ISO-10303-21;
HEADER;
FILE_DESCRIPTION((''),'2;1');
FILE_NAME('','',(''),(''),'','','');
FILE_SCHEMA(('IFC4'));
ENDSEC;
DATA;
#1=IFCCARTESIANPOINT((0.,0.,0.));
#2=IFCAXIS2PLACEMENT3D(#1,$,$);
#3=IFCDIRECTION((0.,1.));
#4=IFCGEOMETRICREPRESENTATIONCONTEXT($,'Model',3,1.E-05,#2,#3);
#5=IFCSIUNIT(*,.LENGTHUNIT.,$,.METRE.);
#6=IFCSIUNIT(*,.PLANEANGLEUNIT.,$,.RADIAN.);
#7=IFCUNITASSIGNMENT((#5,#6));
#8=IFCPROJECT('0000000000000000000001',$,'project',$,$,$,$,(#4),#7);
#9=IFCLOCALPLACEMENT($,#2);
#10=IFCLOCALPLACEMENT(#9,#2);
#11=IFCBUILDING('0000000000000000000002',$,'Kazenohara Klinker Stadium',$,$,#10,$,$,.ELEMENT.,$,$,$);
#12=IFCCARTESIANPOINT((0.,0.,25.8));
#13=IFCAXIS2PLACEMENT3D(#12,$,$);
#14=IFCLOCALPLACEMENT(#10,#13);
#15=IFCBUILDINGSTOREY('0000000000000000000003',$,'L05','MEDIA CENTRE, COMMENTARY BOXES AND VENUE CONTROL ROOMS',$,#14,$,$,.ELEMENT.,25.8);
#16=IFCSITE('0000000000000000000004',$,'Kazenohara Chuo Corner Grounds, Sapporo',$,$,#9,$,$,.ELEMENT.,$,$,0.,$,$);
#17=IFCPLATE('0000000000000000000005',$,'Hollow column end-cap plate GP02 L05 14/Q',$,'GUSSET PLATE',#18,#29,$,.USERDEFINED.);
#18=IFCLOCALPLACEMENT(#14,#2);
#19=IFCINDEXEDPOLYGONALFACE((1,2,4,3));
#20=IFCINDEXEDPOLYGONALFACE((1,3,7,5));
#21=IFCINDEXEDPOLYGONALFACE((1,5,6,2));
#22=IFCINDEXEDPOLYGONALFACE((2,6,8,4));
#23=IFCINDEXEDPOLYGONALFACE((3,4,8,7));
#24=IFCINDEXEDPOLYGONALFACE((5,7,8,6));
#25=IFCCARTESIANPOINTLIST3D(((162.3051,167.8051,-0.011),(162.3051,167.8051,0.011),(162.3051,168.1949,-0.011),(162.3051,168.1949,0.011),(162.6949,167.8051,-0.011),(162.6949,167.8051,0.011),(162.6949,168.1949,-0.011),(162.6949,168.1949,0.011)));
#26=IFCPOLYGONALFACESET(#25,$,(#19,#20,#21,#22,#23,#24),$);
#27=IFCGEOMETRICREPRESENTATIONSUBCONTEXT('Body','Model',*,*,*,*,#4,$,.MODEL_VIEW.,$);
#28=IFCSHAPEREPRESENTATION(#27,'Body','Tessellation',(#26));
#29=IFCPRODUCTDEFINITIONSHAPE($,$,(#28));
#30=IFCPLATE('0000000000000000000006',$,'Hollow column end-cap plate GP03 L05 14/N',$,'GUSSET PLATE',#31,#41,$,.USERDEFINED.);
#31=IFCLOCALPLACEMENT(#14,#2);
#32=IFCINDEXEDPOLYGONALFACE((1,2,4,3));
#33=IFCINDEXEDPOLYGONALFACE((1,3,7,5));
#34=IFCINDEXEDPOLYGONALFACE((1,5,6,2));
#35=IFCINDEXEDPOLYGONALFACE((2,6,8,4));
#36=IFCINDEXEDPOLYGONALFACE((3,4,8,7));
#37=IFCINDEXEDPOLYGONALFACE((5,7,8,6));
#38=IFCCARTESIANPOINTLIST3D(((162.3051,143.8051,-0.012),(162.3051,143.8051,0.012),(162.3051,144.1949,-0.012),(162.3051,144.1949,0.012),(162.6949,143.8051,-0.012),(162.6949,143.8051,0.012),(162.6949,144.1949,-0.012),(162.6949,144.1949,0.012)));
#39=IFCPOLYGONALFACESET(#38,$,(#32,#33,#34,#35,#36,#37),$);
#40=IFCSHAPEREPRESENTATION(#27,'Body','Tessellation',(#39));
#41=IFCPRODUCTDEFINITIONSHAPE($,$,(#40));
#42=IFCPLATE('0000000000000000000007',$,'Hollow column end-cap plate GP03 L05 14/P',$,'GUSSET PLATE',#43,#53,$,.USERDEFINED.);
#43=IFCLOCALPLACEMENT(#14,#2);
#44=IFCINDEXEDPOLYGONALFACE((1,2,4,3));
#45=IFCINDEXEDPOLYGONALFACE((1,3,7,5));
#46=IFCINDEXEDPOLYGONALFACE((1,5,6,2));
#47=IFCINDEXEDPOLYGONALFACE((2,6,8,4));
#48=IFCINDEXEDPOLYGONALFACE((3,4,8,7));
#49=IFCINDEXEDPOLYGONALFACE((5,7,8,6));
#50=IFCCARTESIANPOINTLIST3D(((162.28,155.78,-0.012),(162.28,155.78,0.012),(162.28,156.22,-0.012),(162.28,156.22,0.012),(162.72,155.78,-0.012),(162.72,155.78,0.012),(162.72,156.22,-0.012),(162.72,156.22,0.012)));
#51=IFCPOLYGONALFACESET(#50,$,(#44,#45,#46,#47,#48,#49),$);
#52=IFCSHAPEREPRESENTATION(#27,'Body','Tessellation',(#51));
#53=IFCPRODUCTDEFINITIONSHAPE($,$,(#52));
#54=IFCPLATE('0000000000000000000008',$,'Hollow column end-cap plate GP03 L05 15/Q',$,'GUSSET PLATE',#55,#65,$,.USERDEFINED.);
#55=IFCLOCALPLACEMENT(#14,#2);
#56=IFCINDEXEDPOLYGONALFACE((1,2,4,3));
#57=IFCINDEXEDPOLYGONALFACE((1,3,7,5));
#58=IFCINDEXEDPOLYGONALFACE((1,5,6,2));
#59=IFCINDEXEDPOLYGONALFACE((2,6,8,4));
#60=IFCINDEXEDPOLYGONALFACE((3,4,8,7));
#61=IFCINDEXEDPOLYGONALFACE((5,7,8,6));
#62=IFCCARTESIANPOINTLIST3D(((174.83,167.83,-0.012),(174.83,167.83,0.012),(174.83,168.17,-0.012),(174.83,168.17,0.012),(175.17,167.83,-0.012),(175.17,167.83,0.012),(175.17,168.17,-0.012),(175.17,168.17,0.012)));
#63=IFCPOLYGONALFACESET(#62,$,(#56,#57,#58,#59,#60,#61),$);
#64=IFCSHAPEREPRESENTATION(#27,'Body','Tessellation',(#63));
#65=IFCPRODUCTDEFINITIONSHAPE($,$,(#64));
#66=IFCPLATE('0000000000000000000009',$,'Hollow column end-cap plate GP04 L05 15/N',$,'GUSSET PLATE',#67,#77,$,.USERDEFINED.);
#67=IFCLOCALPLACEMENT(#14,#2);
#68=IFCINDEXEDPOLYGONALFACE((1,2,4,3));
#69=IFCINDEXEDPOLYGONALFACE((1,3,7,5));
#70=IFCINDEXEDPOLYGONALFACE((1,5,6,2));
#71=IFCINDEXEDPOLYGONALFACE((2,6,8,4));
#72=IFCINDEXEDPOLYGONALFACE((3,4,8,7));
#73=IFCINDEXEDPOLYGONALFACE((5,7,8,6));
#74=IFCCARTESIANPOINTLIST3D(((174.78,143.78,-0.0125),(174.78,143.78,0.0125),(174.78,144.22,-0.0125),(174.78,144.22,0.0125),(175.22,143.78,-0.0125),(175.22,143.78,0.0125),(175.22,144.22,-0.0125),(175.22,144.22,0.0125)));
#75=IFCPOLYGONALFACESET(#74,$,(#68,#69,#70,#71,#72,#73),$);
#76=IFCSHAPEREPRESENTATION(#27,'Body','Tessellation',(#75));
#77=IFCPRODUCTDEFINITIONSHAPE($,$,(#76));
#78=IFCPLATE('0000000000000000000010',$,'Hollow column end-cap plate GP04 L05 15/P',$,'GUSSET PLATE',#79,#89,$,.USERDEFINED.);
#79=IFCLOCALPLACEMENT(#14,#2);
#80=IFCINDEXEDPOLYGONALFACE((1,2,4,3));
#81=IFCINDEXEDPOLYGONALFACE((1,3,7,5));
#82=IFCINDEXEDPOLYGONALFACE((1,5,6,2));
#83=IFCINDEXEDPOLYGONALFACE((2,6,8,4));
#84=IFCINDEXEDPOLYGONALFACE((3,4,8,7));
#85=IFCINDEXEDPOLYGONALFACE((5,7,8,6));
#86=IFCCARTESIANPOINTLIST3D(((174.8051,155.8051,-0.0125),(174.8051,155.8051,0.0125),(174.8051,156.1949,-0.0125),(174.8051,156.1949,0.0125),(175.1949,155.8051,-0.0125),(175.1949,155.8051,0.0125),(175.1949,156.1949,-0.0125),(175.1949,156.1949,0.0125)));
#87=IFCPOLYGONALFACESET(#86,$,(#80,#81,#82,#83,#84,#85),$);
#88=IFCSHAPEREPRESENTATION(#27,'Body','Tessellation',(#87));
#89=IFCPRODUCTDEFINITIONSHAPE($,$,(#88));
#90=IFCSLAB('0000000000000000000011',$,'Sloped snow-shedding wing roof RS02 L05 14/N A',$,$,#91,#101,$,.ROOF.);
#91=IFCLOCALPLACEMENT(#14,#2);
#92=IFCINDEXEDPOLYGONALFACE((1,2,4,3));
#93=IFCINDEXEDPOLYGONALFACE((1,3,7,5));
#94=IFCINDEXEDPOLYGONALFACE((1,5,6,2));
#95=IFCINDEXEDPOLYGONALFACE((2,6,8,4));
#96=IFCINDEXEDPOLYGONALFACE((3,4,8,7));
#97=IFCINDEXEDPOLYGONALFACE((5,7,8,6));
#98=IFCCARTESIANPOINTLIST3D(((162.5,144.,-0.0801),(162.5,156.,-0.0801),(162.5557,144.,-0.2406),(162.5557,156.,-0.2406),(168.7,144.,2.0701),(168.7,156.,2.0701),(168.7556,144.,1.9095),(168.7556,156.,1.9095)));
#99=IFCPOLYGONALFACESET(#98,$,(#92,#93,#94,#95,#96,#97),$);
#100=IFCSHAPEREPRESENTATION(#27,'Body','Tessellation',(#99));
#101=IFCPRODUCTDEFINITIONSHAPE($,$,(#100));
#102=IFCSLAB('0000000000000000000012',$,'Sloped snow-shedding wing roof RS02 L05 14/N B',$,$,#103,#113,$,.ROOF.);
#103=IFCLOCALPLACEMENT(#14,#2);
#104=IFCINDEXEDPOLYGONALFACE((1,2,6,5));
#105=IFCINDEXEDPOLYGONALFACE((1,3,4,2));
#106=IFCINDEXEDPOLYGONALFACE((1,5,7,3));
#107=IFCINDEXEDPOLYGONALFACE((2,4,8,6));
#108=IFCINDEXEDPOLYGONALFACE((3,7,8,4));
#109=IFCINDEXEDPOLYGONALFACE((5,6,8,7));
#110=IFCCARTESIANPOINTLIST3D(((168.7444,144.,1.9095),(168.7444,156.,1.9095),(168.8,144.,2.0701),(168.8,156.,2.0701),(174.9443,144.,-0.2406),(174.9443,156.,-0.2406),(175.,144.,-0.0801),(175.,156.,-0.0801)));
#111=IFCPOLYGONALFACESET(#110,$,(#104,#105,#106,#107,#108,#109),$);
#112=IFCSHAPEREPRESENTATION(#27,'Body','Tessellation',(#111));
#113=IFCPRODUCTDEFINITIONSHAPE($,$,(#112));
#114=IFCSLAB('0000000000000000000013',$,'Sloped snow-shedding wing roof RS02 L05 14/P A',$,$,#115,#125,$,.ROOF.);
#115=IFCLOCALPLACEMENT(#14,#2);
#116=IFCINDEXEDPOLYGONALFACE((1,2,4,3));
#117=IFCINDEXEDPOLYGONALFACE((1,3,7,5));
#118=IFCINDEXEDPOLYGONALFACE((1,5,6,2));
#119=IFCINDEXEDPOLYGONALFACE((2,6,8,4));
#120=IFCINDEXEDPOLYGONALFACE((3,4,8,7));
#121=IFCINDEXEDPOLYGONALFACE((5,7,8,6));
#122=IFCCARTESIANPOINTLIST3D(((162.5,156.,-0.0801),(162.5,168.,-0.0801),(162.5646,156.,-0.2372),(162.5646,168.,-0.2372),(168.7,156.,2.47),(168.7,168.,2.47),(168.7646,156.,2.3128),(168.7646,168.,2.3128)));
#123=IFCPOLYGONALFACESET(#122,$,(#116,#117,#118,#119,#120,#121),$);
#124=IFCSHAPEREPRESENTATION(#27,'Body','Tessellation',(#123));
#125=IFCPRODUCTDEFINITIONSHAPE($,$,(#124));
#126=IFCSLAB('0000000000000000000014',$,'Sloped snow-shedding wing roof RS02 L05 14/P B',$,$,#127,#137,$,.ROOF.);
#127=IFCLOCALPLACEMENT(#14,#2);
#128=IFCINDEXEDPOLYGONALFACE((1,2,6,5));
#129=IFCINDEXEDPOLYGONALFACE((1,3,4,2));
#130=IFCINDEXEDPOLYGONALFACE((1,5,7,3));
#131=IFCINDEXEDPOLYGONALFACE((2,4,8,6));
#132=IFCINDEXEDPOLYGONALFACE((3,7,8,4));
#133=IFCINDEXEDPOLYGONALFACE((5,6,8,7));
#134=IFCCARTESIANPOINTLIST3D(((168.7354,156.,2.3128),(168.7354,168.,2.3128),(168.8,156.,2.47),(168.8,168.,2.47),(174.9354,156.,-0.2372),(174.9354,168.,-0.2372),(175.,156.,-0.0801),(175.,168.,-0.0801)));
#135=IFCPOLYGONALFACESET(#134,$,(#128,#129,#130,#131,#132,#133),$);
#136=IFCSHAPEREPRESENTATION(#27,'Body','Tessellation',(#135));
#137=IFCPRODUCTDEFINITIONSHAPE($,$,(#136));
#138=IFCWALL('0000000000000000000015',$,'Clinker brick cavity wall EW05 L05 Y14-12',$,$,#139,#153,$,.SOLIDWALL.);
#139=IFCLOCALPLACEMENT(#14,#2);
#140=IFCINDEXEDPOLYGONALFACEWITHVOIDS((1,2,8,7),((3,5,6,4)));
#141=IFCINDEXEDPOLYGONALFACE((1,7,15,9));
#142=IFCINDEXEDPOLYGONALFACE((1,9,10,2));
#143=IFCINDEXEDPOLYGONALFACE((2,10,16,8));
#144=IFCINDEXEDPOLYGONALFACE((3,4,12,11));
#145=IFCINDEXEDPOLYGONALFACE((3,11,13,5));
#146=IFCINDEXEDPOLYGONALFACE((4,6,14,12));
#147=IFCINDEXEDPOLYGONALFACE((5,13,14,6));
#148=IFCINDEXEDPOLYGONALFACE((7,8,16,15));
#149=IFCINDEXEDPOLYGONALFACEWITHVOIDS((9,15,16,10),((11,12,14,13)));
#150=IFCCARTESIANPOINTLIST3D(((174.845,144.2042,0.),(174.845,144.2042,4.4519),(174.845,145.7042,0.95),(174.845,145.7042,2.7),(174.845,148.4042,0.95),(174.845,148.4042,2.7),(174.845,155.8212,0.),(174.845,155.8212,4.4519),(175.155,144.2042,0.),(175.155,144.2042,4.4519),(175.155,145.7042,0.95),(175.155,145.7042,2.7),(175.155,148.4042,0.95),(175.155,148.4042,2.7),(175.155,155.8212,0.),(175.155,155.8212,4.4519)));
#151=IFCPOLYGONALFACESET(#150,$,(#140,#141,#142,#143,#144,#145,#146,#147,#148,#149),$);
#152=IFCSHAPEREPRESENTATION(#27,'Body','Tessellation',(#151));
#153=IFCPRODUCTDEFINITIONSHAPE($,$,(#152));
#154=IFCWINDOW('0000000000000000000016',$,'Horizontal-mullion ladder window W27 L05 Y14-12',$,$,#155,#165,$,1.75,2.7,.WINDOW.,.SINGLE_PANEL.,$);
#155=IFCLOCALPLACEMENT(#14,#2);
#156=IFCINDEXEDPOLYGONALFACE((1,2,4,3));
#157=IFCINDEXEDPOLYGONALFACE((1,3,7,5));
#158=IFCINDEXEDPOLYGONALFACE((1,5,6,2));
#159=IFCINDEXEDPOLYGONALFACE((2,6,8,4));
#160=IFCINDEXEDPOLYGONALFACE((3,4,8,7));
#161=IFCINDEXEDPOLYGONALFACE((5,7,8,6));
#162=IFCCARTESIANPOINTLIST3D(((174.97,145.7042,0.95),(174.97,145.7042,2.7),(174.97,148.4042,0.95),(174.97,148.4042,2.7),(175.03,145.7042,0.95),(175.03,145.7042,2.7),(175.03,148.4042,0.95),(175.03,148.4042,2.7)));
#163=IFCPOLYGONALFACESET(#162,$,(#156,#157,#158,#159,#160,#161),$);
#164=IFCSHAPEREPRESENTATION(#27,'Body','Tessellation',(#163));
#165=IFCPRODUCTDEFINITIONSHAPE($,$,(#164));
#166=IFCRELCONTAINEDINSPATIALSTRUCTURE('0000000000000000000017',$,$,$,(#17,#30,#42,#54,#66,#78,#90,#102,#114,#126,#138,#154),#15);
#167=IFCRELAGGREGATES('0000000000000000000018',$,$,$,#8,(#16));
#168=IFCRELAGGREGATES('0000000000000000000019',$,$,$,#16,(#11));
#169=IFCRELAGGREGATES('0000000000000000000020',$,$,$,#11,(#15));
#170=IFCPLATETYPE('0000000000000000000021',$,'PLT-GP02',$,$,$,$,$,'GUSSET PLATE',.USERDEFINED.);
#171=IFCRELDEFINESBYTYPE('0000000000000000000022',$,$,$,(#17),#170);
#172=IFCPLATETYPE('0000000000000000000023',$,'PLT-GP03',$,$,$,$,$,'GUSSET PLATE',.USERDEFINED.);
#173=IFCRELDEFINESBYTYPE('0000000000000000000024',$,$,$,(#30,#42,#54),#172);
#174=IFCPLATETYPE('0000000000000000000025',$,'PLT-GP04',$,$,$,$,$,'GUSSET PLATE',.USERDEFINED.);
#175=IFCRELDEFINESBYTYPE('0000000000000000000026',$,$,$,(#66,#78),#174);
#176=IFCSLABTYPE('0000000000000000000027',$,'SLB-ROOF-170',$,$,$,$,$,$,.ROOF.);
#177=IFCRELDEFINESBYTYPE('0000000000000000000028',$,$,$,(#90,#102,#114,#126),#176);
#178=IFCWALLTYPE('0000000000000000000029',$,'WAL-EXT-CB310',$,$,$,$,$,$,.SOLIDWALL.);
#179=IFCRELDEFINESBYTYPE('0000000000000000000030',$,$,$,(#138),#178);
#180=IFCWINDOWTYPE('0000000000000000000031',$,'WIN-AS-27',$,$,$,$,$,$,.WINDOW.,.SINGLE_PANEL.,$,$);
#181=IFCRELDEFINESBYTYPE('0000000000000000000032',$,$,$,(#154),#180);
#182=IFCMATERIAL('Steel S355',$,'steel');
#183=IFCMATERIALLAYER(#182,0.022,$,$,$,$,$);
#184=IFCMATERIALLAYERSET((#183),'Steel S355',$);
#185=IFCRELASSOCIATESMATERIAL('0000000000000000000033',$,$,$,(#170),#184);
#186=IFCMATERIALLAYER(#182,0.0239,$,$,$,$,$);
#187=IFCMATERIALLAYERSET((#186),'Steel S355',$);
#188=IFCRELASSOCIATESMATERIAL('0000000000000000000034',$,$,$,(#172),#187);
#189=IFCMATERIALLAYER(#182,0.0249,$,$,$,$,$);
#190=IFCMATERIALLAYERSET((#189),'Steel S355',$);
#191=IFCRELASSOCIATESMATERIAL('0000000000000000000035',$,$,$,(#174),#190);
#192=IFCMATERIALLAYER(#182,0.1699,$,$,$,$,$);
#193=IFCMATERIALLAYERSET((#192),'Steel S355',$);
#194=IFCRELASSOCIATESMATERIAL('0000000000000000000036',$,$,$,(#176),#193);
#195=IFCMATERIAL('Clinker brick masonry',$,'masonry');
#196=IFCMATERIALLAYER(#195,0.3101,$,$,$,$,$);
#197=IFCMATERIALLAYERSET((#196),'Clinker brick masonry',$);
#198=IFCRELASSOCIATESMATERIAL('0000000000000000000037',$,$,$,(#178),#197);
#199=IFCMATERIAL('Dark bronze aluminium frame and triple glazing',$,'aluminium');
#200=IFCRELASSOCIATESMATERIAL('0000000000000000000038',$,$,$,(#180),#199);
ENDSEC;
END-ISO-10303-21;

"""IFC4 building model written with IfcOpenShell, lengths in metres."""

from ifc_helpers import new_model, si_unit, direction, frame, frame_2d, origin, origin_2d, place, context, subcontext, project, spatial, polyline, rectangle, outline, extrude, material, layer, layer_set, type_object, element, fill, save


model = new_model("IFC4")

# Units and contexts
model_context = context("Model", 3, precision=1e-05, world=origin(), true_north=direction((0.0, 1.0)))
body_context = subcontext(model_context, "Body", "Model", "MODEL_VIEW")
ifc_project = project(units=[si_unit("LENGTHUNIT", "METRE"), si_unit("PLANEANGLEUNIT", "RADIAN")], contexts=[model_context])

# Site, building, storey
site_placement = place(None, origin())
site = spatial("IfcSite", under=ifc_project, at=site_placement, Name="Kazenohara Chuo Corner Grounds, Sapporo", CompositionType="ELEMENT", RefElevation=0.0)
building_placement = place(site_placement, origin())
building = spatial("IfcBuilding", under=site, at=building_placement, Name="Kazenohara Klinker Stadium", CompositionType="ELEMENT")
storey_placement = place(building_placement, frame((0.0, 0.0, 25.8)))
storey = spatial("IfcBuildingStorey", under=building, at=storey_placement, Name="L05", Description="MEDIA CENTRE, COMMENTARY BOXES AND VENUE CONTROL ROOMS", CompositionType="ELEMENT", Elevation=25.8)

# Shared definitions
ifc_material_1 = material(Name="Steel S355", Category="steel")

# Plates
ifc_layer_1 = layer(ifc_material_1, 0.022)
ifc_layer_set_1 = layer_set([ifc_layer_1], Name="Steel S355")
plate_type_1 = type_object("IfcPlateType", Name="PLT-GP02", ElementType="GUSSET PLATE", PredefinedType="USERDEFINED", material=ifc_layer_set_1)
plate_1_placement = place(storey_placement, frame((162.5, 168.0, -0.011), z_axis=(0.0, 0.0, 1.0), x_axis=(1.0, 0.0, 0.0)))
element("IfcPlate", 1, at=plate_1_placement, inside=storey, type_object=plate_type_1, Name="Hollow column end-cap plate GP02 L05 14/Q", ObjectType="GUSSET PLATE", PredefinedType="USERDEFINED", context=body_context, shape_type="SweptSolid", body=[
    extrude(rectangle(XDim=0.3899, YDim=0.3899, at=origin_2d()), origin(), (0.0, 0.0, 1.0), 0.022),
])
ifc_layer_2 = layer(ifc_material_1, 0.0239)
ifc_layer_set_2 = layer_set([ifc_layer_2], Name="Steel S355")
plate_type_2 = type_object("IfcPlateType", Name="PLT-GP03", ElementType="GUSSET PLATE", PredefinedType="USERDEFINED", material=ifc_layer_set_2)
plate_2_placement = place(storey_placement, frame((162.5, 144.0, -0.012), z_axis=(0.0, 0.0, 1.0), x_axis=(1.0, 0.0, 0.0)))
element("IfcPlate", 2, at=plate_2_placement, inside=storey, type_object=plate_type_2, Name="Hollow column end-cap plate GP03 L05 14/N", ObjectType="GUSSET PLATE", PredefinedType="USERDEFINED", context=body_context, shape_type="SweptSolid", body=[
    extrude(rectangle(XDim=0.3899, YDim=0.3899, at=origin_2d()), origin(), (0.0, 0.0, 1.0), 0.0239),
])
plate_3_placement = place(storey_placement, frame((162.5, 156.0, -0.012), z_axis=(0.0, 0.0, 1.0), x_axis=(1.0, 0.0, 0.0)))
element("IfcPlate", 3, at=plate_3_placement, inside=storey, type_object=plate_type_2, Name="Hollow column end-cap plate GP03 L05 14/P", ObjectType="GUSSET PLATE", PredefinedType="USERDEFINED", context=body_context, shape_type="SweptSolid", body=[
    extrude(rectangle(XDim=0.4399, YDim=0.4399, at=origin_2d()), origin(), (0.0, 0.0, 1.0), 0.0239),
])
plate_4_placement = place(storey_placement, frame((175.0, 168.0, -0.012), z_axis=(0.0, 0.0, 1.0), x_axis=(1.0, 0.0, 0.0)))
element("IfcPlate", 4, at=plate_4_placement, inside=storey, type_object=plate_type_2, Name="Hollow column end-cap plate GP03 L05 15/Q", ObjectType="GUSSET PLATE", PredefinedType="USERDEFINED", context=body_context, shape_type="SweptSolid", body=[
    extrude(rectangle(XDim=0.3401, YDim=0.3401, at=origin_2d()), origin(), (0.0, 0.0, 1.0), 0.0239),
])
ifc_layer_3 = layer(ifc_material_1, 0.0249)
ifc_layer_set_3 = layer_set([ifc_layer_3], Name="Steel S355")
plate_type_3 = type_object("IfcPlateType", Name="PLT-GP04", ElementType="GUSSET PLATE", PredefinedType="USERDEFINED", material=ifc_layer_set_3)
plate_5_placement = place(storey_placement, frame((175.0, 144.0, -0.0125), z_axis=(0.0, 0.0, 1.0), x_axis=(1.0, 0.0, 0.0)))
element("IfcPlate", 5, at=plate_5_placement, inside=storey, type_object=plate_type_3, Name="Hollow column end-cap plate GP04 L05 15/N", ObjectType="GUSSET PLATE", PredefinedType="USERDEFINED", context=body_context, shape_type="SweptSolid", body=[
    extrude(rectangle(XDim=0.4399, YDim=0.4399, at=origin_2d()), origin(), (0.0, 0.0, 1.0), 0.0249),
])
plate_6_placement = place(storey_placement, frame((175.0, 156.0, -0.0125), z_axis=(0.0, 0.0, 1.0), x_axis=(1.0, 0.0, 0.0)))
element("IfcPlate", 6, at=plate_6_placement, inside=storey, type_object=plate_type_3, Name="Hollow column end-cap plate GP04 L05 15/P", ObjectType="GUSSET PLATE", PredefinedType="USERDEFINED", context=body_context, shape_type="SweptSolid", body=[
    extrude(rectangle(XDim=0.3899, YDim=0.3899, at=origin_2d()), origin(), (0.0, 0.0, 1.0), 0.0249),
])

# Slabs
ifc_layer_4 = layer(ifc_material_1, 0.1699)
ifc_layer_set_4 = layer_set([ifc_layer_4], Name="Steel S355")
slab_type = type_object("IfcSlabType", Name="SLB-ROOF-170", PredefinedType="ROOF", material=ifc_layer_set_4)
for number, where, z_axis, x_axis, name in (
    (7, (162.5, 144.0, -0.0801), (-0.327656, 0.0, 0.944797), (0.944797, 0.0, 0.327656), "Sloped snow-shedding wing roof RS02 L05 14/N A"),
    (8, (168.8, 144.0, 2.0701), (0.327656, 0.0, 0.944797), (0.944797, 0.0, -0.327656), "Sloped snow-shedding wing roof RS02 L05 14/N B"),
):
    element("IfcSlab", number, at=place(storey_placement, frame(where, z_axis=z_axis, x_axis=x_axis)), inside=storey, type_object=slab_type, Name=name, PredefinedType="ROOF", context=body_context, shape_type="SweptSolid", body=[
        extrude(outline(polyline([(0.0, 0.0), (6.5622, 0.0), (6.5622, 12.0), (0.0, 12.0), (0.0, 0.0)])), origin(), (0.0, 0.0, -1.0), 0.1699),
    ])
for number, where, z_axis, x_axis, name in (
    (9, (162.5, 156.0, -0.0801), (-0.380383, 0.0, 0.924829), (0.924829, 0.0, 0.380383), "Sloped snow-shedding wing roof RS02 L05 14/P A"),
    (10, (168.8, 156.0, 2.47), (0.380383, 0.0, 0.924829), (0.924829, 0.0, -0.380383), "Sloped snow-shedding wing roof RS02 L05 14/P B"),
):
    element("IfcSlab", number, at=place(storey_placement, frame(where, z_axis=z_axis, x_axis=x_axis)), inside=storey, type_object=slab_type, Name=name, PredefinedType="ROOF", context=body_context, shape_type="SweptSolid", body=[
        extrude(outline(polyline([(0.0, 0.0), (6.7039, 0.0), (6.7039, 12.0), (0.0, 12.0), (0.0, 0.0)])), origin(), (0.0, 0.0, -1.0), 0.1699),
    ])

# Wall, opening, window
ifc_material_2 = material(Name="Clinker brick masonry", Category="masonry")
ifc_layer_5 = layer(ifc_material_2, 0.3101)
ifc_layer_set_5 = layer_set([ifc_layer_5], Name="Clinker brick masonry")
wall_type_1 = type_object("IfcWallType", Name="WAL-EXT-CB310", PredefinedType="SOLIDWALL", material=ifc_layer_set_5)
wall_1_placement = place(storey_placement, frame((175.0, 144.2041, 0.0), z_axis=(0.0, 0.0, 1.0), x_axis=(0.0, 1.0, 0.0)))
wall_1 = element("IfcWall", 11, at=wall_1_placement, inside=storey, type_object=wall_type_1, Name="Clinker brick cavity wall EW05 L05 Y14-12", PredefinedType="SOLIDWALL", context=body_context, shape_type="SweptSolid", body=[
    extrude(rectangle(XDim=11.6169, YDim=0.3101, at=frame_2d((5.8086, 0.0))), origin(), (0.0, 0.0, 1.0), 4.4519),
])
opening_1_placement = place(wall_1_placement, frame((1.5, 0.0, 0.95)))
opening_1 = element("IfcOpeningElement", 12, at=opening_1_placement, cuts=wall_1, PredefinedType="OPENING", context=body_context, shape_type="SweptSolid", body=[
    extrude(rectangle(XDim=2.7, YDim=1.75, at=frame_2d((1.3501, 0.875))), frame((0.0, 0.165, 0.0), z_axis=(0.0, -1.0, 0.0), x_axis=(1.0, 0.0, 0.0)), (0.0, 0.0, 1.0), 0.3301),
])
ifc_material_3 = material(Name="Dark bronze aluminium frame and triple glazing", Category="aluminium")
window_type_1 = type_object("IfcWindowType", Name="WIN-AS-27", PartitioningType="SINGLE_PANEL", PredefinedType="WINDOW", material=ifc_material_3)
window_1_placement = place(opening_1_placement, origin())
window_1 = element("IfcWindow", 13, at=window_1_placement, inside=storey, type_object=window_type_1, Name="Horizontal-mullion ladder window W27 L05 Y14-12", OverallHeight=1.75, OverallWidth=2.7, PartitioningType="SINGLE_PANEL", PredefinedType="WINDOW", context=body_context, shape_type="SweptSolid", body=[
    extrude(rectangle(XDim=2.7, YDim=1.75, at=frame_2d((1.3501, 0.875))), frame((0.0, 0.03, 0.0), z_axis=(0.0, -1.0, 0.0), x_axis=(1.0, 0.0, 0.0)), (0.0, 0.0, 1.0), 0.0601),
])
fill(opening_1, window_1)

save(model, "model.ifc")
